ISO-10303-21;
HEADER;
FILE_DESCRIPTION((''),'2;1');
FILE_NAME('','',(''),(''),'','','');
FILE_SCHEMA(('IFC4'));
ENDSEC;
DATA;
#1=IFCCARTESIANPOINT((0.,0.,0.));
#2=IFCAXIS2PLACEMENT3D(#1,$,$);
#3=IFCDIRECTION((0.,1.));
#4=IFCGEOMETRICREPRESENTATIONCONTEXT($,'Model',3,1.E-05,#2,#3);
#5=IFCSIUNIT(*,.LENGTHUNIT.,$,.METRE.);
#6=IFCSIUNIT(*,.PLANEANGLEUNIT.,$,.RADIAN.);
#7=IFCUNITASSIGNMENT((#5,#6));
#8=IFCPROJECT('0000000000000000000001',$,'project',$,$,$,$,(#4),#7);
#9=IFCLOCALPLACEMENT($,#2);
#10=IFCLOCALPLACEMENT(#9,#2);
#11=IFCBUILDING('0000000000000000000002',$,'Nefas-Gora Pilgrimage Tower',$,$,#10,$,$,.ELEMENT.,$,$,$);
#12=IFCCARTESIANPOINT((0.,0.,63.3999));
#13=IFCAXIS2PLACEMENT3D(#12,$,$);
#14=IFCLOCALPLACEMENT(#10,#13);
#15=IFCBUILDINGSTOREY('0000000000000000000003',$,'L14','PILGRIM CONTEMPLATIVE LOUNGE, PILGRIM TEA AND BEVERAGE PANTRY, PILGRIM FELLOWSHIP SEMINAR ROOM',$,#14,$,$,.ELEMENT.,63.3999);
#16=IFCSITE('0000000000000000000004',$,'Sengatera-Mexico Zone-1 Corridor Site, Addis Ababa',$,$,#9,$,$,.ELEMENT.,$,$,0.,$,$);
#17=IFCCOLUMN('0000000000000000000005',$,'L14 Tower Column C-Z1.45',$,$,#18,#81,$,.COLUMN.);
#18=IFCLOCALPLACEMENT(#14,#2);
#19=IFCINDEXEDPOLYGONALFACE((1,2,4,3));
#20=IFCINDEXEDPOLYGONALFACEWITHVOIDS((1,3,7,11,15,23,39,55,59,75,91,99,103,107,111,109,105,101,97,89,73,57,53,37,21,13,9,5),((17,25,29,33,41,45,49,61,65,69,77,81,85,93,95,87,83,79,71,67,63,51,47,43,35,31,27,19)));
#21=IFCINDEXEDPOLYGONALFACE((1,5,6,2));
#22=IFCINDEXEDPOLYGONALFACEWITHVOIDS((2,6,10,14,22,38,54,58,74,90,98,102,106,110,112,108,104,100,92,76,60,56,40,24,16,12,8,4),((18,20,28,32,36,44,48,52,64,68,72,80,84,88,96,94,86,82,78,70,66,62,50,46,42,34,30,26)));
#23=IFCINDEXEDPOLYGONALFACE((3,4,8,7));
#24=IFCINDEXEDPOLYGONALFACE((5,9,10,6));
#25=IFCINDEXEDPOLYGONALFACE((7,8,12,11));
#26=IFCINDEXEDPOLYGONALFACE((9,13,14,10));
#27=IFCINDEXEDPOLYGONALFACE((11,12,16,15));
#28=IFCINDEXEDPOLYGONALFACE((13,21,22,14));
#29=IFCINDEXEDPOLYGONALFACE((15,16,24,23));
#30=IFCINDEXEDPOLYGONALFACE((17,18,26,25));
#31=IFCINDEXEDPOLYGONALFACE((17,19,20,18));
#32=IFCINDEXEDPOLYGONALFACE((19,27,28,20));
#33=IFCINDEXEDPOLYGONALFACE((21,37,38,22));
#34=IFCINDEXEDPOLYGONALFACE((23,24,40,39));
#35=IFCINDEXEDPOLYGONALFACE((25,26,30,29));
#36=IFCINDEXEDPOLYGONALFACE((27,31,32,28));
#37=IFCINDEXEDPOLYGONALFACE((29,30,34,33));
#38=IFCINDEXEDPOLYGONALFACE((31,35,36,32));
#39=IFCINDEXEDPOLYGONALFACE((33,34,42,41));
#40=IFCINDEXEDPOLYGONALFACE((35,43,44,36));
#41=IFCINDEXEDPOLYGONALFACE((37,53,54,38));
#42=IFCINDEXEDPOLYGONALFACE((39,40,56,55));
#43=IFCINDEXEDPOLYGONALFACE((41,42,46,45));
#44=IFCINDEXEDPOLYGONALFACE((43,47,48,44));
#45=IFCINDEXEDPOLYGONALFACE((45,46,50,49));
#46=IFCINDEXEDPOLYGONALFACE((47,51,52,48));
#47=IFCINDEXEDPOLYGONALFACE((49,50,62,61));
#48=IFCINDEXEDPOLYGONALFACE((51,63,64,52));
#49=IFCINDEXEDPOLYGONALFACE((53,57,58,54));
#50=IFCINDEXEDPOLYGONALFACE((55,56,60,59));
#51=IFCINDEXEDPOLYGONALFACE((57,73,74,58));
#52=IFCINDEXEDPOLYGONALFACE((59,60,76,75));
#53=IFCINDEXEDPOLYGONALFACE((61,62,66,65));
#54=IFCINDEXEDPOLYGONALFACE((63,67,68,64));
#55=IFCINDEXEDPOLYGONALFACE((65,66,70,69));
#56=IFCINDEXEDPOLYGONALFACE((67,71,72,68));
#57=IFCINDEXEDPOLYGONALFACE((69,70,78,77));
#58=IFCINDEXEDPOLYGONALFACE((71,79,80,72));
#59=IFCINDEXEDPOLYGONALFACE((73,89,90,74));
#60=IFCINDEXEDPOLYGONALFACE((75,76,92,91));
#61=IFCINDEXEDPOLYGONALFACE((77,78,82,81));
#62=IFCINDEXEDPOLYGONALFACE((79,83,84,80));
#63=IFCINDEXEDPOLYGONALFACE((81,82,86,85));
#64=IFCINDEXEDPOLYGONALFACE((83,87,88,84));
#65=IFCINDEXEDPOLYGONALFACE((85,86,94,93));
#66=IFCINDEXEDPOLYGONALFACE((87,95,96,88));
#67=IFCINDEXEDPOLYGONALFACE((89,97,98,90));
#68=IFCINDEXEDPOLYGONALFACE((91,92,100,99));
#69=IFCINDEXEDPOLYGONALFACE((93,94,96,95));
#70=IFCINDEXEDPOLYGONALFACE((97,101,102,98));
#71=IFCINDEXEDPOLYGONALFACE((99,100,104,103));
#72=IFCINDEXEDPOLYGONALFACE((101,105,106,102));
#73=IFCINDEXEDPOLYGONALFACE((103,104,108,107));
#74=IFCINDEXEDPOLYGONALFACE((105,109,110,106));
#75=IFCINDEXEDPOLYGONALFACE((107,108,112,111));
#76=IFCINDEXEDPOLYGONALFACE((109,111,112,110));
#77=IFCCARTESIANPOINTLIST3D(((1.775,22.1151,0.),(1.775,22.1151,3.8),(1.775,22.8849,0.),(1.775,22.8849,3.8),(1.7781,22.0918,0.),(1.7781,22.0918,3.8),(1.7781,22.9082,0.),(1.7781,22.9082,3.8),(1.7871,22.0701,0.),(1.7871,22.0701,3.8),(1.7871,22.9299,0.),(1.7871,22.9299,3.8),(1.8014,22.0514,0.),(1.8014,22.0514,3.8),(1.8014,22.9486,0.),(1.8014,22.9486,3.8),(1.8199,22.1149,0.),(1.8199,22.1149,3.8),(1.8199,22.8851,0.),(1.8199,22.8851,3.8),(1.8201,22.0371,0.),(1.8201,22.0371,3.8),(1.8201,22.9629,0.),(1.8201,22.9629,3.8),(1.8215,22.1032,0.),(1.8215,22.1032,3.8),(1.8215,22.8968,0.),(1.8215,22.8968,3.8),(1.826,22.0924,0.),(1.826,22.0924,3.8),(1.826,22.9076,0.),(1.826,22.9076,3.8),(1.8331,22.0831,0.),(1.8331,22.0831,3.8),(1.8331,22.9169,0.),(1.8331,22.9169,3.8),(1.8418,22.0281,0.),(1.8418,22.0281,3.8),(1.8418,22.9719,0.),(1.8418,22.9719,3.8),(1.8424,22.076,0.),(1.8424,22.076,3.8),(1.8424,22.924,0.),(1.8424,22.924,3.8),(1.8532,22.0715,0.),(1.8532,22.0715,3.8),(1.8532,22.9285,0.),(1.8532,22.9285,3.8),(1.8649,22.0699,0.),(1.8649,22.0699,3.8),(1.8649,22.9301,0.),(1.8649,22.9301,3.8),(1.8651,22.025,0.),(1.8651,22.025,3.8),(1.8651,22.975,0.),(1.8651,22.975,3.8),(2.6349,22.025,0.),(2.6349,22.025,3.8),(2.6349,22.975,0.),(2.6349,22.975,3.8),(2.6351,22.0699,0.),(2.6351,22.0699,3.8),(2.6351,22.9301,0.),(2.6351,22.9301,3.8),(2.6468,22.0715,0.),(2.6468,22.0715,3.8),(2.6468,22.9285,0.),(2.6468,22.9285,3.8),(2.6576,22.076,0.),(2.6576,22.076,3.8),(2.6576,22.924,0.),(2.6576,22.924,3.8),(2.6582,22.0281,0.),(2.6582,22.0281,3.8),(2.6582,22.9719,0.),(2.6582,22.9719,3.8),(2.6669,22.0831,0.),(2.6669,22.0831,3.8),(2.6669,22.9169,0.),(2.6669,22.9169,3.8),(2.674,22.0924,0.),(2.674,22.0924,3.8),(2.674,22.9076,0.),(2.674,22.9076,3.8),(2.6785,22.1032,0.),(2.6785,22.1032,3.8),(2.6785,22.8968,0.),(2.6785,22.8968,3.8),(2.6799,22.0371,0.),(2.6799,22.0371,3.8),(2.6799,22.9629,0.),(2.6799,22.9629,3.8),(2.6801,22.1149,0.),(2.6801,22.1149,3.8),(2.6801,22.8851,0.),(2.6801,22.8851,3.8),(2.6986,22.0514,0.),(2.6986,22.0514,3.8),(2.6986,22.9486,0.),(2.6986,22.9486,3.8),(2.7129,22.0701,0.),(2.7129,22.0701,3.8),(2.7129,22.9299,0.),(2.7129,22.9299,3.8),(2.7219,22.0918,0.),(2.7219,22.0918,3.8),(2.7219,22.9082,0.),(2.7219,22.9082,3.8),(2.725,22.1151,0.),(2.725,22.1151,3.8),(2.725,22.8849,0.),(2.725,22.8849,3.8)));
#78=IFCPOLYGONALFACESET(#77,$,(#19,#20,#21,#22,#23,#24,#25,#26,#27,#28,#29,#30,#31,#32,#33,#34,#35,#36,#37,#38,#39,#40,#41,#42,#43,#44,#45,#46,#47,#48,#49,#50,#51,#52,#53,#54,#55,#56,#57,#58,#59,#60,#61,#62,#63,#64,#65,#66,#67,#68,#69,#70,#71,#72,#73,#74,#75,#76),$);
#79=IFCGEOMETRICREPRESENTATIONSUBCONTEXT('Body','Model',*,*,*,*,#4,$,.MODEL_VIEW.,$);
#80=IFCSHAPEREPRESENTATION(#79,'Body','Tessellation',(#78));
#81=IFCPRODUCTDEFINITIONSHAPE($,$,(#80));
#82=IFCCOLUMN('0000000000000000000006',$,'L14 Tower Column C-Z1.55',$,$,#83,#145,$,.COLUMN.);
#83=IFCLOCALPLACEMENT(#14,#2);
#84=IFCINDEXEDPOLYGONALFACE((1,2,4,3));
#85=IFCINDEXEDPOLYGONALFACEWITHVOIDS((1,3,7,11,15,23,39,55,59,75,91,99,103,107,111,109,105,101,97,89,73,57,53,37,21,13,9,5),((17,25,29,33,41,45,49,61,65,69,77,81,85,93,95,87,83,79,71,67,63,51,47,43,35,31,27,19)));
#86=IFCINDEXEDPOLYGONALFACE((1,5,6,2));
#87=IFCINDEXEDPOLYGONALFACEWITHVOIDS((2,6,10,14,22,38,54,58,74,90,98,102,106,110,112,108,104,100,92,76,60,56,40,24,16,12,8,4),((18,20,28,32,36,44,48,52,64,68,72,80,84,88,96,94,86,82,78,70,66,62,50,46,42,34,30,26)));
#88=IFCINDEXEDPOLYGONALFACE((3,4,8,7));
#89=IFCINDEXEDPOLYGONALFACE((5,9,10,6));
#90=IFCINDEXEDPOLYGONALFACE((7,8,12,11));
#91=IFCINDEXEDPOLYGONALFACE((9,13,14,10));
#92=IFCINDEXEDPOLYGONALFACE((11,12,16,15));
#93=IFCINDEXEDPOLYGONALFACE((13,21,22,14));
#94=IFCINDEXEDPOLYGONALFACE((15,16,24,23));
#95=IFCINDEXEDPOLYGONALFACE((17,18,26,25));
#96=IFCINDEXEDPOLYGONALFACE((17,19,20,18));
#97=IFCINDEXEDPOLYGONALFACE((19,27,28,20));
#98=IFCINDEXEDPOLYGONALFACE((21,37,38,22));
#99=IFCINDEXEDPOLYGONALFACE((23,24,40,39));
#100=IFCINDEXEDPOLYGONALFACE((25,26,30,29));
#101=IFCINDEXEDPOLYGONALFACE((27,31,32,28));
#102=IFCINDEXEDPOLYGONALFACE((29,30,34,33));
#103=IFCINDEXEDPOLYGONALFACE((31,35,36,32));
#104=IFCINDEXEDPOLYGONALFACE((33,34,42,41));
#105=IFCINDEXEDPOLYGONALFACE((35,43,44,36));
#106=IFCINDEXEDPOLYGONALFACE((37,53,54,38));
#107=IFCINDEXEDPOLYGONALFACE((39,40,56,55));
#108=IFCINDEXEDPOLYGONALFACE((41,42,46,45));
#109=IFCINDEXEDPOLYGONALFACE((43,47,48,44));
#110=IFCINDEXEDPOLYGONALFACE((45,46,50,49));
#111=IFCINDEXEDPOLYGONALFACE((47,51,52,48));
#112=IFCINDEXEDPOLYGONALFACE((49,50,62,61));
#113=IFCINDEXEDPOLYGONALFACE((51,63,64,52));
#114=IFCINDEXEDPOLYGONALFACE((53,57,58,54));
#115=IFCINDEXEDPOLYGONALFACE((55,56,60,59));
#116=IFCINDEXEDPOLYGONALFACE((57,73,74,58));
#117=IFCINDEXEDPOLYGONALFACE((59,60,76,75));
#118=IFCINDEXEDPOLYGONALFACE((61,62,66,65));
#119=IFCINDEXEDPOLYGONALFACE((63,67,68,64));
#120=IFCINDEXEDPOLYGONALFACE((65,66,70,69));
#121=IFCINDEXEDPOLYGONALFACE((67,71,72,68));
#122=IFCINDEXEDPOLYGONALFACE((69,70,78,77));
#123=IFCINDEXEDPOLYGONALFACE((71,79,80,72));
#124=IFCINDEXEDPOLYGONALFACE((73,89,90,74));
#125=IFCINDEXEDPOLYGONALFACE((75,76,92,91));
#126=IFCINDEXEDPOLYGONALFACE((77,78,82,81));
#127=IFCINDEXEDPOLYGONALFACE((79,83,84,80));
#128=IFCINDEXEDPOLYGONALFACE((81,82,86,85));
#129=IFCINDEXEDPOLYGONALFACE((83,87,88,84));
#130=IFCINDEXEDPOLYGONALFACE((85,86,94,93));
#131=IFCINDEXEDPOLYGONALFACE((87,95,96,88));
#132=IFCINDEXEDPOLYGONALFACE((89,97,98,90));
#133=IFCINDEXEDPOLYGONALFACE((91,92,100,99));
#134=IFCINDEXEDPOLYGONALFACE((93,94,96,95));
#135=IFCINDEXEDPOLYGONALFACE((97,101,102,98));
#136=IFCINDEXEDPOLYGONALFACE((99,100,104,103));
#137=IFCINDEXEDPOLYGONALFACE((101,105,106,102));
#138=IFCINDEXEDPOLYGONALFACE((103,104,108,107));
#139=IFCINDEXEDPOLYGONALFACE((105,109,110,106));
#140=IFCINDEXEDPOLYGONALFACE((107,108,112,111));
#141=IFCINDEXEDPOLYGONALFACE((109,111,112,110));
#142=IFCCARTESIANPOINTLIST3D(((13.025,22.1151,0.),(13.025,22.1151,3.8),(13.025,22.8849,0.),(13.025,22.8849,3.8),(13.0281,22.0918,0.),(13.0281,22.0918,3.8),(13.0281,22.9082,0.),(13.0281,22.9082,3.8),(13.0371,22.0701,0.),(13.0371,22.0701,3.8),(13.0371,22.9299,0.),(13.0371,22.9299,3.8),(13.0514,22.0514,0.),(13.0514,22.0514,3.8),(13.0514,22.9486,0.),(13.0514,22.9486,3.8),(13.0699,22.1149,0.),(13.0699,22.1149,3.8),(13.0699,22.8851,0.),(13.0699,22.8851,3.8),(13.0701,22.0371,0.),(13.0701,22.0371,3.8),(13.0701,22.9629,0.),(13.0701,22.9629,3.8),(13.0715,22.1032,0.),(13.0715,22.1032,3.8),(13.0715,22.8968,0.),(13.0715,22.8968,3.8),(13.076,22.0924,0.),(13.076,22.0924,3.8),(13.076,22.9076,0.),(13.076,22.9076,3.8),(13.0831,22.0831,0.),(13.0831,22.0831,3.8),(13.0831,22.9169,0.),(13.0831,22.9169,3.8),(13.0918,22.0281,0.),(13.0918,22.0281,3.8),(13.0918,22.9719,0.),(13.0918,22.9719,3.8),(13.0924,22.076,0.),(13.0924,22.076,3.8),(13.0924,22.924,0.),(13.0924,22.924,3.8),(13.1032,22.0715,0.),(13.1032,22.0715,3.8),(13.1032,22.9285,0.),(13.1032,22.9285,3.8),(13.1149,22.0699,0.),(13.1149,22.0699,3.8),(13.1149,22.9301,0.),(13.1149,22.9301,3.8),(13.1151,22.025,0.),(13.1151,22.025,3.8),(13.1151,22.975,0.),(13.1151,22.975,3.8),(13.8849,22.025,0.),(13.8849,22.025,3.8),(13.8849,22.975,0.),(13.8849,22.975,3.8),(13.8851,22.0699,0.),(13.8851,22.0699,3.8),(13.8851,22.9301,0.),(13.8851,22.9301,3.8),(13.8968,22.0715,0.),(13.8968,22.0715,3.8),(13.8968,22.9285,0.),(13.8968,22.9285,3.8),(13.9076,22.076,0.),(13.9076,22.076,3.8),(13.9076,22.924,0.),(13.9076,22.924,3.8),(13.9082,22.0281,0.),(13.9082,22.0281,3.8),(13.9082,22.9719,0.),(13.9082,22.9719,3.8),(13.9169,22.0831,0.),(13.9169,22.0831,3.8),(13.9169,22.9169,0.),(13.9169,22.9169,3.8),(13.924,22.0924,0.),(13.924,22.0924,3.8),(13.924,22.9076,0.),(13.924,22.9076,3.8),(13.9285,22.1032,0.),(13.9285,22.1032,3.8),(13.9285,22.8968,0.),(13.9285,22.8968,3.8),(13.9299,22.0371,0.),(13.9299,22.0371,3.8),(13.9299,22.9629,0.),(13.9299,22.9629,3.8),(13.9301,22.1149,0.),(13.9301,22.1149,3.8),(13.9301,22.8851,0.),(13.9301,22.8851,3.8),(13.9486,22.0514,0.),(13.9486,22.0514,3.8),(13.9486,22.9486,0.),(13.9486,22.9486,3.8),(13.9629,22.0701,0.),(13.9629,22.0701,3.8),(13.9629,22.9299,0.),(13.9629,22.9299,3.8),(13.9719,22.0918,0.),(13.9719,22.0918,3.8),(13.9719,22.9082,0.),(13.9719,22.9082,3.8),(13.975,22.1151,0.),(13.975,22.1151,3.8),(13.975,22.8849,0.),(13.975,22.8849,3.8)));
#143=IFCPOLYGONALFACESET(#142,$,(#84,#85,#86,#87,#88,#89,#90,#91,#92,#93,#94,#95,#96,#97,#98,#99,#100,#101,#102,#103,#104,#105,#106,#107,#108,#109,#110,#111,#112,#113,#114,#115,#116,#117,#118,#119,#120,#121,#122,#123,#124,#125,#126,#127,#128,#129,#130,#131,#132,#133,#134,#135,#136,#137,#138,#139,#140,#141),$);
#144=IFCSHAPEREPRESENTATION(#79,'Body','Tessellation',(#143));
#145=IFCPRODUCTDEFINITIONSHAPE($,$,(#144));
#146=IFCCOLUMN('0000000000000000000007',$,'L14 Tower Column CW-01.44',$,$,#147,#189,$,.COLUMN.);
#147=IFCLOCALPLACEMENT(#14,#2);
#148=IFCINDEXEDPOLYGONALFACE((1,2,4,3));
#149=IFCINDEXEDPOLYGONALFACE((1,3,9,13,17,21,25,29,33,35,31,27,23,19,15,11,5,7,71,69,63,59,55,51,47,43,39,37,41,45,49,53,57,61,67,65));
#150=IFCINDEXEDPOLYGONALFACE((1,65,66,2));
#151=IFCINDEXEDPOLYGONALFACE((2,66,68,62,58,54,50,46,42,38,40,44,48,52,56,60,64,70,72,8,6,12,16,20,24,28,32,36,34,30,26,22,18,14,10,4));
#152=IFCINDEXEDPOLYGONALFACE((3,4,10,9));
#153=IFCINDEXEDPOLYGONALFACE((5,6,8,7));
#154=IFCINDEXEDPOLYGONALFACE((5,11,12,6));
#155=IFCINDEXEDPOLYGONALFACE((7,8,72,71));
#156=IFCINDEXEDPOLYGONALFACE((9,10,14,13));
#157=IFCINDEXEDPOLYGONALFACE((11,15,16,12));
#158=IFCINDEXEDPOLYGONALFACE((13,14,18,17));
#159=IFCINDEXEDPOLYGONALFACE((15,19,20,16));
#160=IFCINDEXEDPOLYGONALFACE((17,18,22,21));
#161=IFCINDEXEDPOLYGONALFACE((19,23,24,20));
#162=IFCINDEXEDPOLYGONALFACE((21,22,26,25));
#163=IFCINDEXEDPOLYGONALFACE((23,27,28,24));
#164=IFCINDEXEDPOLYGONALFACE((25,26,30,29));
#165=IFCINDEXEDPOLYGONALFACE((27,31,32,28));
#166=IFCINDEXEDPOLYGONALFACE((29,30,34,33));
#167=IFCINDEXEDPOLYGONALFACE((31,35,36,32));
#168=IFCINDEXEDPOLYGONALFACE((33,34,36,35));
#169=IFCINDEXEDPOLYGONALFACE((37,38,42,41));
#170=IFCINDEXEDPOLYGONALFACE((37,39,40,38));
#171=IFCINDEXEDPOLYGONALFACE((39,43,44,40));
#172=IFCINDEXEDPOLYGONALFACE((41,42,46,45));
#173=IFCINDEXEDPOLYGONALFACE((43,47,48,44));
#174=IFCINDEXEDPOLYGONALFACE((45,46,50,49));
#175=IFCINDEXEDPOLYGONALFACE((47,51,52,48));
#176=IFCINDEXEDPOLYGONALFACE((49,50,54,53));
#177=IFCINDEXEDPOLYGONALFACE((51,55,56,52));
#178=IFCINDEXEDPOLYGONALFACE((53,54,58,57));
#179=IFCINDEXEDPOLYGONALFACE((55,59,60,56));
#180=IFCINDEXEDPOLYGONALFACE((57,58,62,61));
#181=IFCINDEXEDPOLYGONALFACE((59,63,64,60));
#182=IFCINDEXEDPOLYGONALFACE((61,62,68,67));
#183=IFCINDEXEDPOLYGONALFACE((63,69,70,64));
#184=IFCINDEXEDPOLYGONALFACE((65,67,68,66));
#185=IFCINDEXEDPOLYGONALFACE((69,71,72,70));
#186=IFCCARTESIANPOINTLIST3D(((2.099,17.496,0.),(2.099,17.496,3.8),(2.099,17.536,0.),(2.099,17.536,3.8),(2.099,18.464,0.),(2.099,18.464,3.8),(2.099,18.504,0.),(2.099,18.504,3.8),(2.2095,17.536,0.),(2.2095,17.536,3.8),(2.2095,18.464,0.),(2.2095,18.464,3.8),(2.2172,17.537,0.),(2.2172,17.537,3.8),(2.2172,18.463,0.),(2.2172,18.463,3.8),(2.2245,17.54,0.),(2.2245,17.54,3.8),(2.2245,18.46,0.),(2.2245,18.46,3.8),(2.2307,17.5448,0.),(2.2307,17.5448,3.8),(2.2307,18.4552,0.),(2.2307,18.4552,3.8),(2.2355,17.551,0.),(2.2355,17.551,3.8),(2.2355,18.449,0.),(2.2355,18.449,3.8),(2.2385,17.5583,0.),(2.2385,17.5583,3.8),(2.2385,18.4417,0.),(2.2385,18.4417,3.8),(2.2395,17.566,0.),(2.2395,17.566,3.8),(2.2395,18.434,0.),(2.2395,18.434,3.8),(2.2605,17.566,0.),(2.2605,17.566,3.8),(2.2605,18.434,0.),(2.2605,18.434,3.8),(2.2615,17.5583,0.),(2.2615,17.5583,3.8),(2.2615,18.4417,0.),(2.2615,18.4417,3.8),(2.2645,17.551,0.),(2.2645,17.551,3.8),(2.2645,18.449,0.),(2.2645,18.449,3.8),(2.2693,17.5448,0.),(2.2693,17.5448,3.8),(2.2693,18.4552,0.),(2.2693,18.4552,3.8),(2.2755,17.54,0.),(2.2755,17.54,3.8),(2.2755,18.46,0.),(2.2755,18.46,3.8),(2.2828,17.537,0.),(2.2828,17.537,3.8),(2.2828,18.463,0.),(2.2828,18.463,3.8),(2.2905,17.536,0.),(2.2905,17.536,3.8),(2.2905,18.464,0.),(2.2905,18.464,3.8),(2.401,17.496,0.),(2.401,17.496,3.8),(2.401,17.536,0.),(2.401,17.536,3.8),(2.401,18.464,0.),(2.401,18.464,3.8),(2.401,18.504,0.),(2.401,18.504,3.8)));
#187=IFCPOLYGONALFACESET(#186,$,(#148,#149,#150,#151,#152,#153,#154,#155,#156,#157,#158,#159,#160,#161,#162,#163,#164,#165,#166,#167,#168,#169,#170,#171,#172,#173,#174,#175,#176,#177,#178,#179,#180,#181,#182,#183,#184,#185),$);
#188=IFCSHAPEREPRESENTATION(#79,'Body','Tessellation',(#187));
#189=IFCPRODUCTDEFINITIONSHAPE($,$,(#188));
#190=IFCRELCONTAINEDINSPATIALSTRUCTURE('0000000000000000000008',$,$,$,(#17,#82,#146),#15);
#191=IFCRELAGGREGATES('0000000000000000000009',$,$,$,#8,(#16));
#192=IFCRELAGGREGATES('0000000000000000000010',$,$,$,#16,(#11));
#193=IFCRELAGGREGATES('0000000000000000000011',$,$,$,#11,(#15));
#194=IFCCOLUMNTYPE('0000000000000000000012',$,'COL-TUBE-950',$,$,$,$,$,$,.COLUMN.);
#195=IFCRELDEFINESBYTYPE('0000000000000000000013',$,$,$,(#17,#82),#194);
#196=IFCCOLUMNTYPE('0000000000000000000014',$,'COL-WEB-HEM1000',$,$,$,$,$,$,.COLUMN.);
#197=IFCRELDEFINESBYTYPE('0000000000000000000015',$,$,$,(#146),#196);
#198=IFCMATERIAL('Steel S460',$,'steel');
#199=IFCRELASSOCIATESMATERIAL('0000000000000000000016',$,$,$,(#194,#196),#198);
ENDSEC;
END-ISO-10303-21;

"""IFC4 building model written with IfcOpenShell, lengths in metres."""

from ifc_helpers import new_model, si_unit, direction, frame, origin, origin_2d, place, context, subcontext, project, spatial, hollow_rectangle, i_section, extrude, source, transform, mapped, material, material_profile, profile_set, type_object, element, save


model = new_model("IFC4")

# Units and contexts
model_context = context("Model", 3, precision=1e-05, world=origin(), true_north=direction((0.0, 1.0)))
body_context = subcontext(model_context, "Body", "Model", "MODEL_VIEW")
ifc_project = project(units=[si_unit("LENGTHUNIT", "METRE"), si_unit("PLANEANGLEUNIT", "RADIAN")], contexts=[model_context])

# Site, building, storey
site_placement = place(None, origin())
site = spatial("IfcSite", under=ifc_project, at=site_placement, Name="Sengatera-Mexico Zone-1 Corridor Site, Addis Ababa", CompositionType="ELEMENT", RefElevation=0.0)
building_placement = place(site_placement, origin())
building = spatial("IfcBuilding", under=site, at=building_placement, Name="Nefas-Gora Pilgrimage Tower", CompositionType="ELEMENT")
storey_placement = place(building_placement, frame((0.0, 0.0, 63.3999)))
storey = spatial("IfcBuildingStorey", under=building, at=storey_placement, Name="L14", Description="PILGRIM CONTEMPLATIVE LOUNGE, PILGRIM TEA AND BEVERAGE PANTRY, PILGRIM FELLOWSHIP SEMINAR ROOM", CompositionType="ELEMENT", Elevation=63.3999)

# Columns
ifc_material_1 = material(Name="Steel S460", Category="steel")
ifc_material_profile_1 = material_profile(ifc_material_1, hollow_rectangle(XDim=0.95, YDim=0.95, WallThickness=0.0449, InnerFilletRadius=0.0449, OuterFilletRadius=0.0901, at=origin_2d()), Name="BOX 950x950x45")
ifc_profile_set_1 = profile_set([ifc_material_profile_1], Name="Steel S460")
column_type_1 = type_object("IfcColumnType", Name="COL-TUBE-950", PredefinedType="COLUMN", material=ifc_profile_set_1)
shared_shape_1 = source(origin(), body_context, "Body", "SweptSolid", [
    extrude(hollow_rectangle(XDim=0.95, YDim=0.95, WallThickness=0.0449, InnerFilletRadius=0.0449, OuterFilletRadius=0.0901, at=origin_2d()), origin(), (0.0, 0.0, 1.0), 3.8),
])
for number, where, z_axis, x_axis, name in (
    (1, (2.25, 22.5, 0.0), (0.0, 0.0, 1.0), (1.0, 0.0, 0.0), "L14 Tower Column C-Z1.45"),
    (2, (13.5, 22.5, 0.0), (0.0, 0.0, 1.0), (1.0, 0.0, 0.0), "L14 Tower Column C-Z1.55"),
):
    element("IfcColumn", number, at=place(storey_placement, frame(where, z_axis=z_axis, x_axis=x_axis)), inside=storey, type_object=column_type_1, Name=name, PredefinedType="COLUMN", context=body_context, shape_type="MappedRepresentation", body=[
        mapped(shared_shape_1, transform((0.0, 0.0, 0.0), x_axis=(1.0, 0.0, 0.0), y_axis=(0.0, 1.0, 0.0), z_axis=(0.0, 0.0, 1.0), scale=1.0)),
    ])
ifc_material_profile_2 = material_profile(ifc_material_1, i_section(OverallWidth=0.302, OverallDepth=1.0081, WebThickness=0.021, FlangeThickness=0.04, FilletRadius=0.03, at=origin_2d()), Name="HEM 1000")
ifc_profile_set_2 = profile_set([ifc_material_profile_2], Name="Steel S460")
column_type_2 = type_object("IfcColumnType", Name="COL-WEB-HEM1000", PredefinedType="COLUMN", material=ifc_profile_set_2)
shared_shape_2 = source(origin(), body_context, "Body", "SweptSolid", [
    extrude(i_section(OverallWidth=0.302, OverallDepth=1.0081, WebThickness=0.021, FlangeThickness=0.04, FilletRadius=0.03, at=origin_2d()), origin(), (0.0, 0.0, 1.0), 3.8),
])
for number, where, z_axis, x_axis, name in (
    (3, (2.25, 18.0, 0.0), (0.0, 0.0, 1.0), (1.0, 0.0, 0.0), "L14 Tower Column CW-01.44"),
):
    element("IfcColumn", number, at=place(storey_placement, frame(where, z_axis=z_axis, x_axis=x_axis)), inside=storey, type_object=column_type_2, Name=name, PredefinedType="COLUMN", context=body_context, shape_type="MappedRepresentation", body=[
        mapped(shared_shape_2, transform((0.0, 0.0, 0.0), x_axis=(1.0, 0.0, 0.0), y_axis=(0.0, 1.0, 0.0), z_axis=(0.0, 0.0, 1.0), scale=1.0)),
    ])

save(model, "model.ifc")
